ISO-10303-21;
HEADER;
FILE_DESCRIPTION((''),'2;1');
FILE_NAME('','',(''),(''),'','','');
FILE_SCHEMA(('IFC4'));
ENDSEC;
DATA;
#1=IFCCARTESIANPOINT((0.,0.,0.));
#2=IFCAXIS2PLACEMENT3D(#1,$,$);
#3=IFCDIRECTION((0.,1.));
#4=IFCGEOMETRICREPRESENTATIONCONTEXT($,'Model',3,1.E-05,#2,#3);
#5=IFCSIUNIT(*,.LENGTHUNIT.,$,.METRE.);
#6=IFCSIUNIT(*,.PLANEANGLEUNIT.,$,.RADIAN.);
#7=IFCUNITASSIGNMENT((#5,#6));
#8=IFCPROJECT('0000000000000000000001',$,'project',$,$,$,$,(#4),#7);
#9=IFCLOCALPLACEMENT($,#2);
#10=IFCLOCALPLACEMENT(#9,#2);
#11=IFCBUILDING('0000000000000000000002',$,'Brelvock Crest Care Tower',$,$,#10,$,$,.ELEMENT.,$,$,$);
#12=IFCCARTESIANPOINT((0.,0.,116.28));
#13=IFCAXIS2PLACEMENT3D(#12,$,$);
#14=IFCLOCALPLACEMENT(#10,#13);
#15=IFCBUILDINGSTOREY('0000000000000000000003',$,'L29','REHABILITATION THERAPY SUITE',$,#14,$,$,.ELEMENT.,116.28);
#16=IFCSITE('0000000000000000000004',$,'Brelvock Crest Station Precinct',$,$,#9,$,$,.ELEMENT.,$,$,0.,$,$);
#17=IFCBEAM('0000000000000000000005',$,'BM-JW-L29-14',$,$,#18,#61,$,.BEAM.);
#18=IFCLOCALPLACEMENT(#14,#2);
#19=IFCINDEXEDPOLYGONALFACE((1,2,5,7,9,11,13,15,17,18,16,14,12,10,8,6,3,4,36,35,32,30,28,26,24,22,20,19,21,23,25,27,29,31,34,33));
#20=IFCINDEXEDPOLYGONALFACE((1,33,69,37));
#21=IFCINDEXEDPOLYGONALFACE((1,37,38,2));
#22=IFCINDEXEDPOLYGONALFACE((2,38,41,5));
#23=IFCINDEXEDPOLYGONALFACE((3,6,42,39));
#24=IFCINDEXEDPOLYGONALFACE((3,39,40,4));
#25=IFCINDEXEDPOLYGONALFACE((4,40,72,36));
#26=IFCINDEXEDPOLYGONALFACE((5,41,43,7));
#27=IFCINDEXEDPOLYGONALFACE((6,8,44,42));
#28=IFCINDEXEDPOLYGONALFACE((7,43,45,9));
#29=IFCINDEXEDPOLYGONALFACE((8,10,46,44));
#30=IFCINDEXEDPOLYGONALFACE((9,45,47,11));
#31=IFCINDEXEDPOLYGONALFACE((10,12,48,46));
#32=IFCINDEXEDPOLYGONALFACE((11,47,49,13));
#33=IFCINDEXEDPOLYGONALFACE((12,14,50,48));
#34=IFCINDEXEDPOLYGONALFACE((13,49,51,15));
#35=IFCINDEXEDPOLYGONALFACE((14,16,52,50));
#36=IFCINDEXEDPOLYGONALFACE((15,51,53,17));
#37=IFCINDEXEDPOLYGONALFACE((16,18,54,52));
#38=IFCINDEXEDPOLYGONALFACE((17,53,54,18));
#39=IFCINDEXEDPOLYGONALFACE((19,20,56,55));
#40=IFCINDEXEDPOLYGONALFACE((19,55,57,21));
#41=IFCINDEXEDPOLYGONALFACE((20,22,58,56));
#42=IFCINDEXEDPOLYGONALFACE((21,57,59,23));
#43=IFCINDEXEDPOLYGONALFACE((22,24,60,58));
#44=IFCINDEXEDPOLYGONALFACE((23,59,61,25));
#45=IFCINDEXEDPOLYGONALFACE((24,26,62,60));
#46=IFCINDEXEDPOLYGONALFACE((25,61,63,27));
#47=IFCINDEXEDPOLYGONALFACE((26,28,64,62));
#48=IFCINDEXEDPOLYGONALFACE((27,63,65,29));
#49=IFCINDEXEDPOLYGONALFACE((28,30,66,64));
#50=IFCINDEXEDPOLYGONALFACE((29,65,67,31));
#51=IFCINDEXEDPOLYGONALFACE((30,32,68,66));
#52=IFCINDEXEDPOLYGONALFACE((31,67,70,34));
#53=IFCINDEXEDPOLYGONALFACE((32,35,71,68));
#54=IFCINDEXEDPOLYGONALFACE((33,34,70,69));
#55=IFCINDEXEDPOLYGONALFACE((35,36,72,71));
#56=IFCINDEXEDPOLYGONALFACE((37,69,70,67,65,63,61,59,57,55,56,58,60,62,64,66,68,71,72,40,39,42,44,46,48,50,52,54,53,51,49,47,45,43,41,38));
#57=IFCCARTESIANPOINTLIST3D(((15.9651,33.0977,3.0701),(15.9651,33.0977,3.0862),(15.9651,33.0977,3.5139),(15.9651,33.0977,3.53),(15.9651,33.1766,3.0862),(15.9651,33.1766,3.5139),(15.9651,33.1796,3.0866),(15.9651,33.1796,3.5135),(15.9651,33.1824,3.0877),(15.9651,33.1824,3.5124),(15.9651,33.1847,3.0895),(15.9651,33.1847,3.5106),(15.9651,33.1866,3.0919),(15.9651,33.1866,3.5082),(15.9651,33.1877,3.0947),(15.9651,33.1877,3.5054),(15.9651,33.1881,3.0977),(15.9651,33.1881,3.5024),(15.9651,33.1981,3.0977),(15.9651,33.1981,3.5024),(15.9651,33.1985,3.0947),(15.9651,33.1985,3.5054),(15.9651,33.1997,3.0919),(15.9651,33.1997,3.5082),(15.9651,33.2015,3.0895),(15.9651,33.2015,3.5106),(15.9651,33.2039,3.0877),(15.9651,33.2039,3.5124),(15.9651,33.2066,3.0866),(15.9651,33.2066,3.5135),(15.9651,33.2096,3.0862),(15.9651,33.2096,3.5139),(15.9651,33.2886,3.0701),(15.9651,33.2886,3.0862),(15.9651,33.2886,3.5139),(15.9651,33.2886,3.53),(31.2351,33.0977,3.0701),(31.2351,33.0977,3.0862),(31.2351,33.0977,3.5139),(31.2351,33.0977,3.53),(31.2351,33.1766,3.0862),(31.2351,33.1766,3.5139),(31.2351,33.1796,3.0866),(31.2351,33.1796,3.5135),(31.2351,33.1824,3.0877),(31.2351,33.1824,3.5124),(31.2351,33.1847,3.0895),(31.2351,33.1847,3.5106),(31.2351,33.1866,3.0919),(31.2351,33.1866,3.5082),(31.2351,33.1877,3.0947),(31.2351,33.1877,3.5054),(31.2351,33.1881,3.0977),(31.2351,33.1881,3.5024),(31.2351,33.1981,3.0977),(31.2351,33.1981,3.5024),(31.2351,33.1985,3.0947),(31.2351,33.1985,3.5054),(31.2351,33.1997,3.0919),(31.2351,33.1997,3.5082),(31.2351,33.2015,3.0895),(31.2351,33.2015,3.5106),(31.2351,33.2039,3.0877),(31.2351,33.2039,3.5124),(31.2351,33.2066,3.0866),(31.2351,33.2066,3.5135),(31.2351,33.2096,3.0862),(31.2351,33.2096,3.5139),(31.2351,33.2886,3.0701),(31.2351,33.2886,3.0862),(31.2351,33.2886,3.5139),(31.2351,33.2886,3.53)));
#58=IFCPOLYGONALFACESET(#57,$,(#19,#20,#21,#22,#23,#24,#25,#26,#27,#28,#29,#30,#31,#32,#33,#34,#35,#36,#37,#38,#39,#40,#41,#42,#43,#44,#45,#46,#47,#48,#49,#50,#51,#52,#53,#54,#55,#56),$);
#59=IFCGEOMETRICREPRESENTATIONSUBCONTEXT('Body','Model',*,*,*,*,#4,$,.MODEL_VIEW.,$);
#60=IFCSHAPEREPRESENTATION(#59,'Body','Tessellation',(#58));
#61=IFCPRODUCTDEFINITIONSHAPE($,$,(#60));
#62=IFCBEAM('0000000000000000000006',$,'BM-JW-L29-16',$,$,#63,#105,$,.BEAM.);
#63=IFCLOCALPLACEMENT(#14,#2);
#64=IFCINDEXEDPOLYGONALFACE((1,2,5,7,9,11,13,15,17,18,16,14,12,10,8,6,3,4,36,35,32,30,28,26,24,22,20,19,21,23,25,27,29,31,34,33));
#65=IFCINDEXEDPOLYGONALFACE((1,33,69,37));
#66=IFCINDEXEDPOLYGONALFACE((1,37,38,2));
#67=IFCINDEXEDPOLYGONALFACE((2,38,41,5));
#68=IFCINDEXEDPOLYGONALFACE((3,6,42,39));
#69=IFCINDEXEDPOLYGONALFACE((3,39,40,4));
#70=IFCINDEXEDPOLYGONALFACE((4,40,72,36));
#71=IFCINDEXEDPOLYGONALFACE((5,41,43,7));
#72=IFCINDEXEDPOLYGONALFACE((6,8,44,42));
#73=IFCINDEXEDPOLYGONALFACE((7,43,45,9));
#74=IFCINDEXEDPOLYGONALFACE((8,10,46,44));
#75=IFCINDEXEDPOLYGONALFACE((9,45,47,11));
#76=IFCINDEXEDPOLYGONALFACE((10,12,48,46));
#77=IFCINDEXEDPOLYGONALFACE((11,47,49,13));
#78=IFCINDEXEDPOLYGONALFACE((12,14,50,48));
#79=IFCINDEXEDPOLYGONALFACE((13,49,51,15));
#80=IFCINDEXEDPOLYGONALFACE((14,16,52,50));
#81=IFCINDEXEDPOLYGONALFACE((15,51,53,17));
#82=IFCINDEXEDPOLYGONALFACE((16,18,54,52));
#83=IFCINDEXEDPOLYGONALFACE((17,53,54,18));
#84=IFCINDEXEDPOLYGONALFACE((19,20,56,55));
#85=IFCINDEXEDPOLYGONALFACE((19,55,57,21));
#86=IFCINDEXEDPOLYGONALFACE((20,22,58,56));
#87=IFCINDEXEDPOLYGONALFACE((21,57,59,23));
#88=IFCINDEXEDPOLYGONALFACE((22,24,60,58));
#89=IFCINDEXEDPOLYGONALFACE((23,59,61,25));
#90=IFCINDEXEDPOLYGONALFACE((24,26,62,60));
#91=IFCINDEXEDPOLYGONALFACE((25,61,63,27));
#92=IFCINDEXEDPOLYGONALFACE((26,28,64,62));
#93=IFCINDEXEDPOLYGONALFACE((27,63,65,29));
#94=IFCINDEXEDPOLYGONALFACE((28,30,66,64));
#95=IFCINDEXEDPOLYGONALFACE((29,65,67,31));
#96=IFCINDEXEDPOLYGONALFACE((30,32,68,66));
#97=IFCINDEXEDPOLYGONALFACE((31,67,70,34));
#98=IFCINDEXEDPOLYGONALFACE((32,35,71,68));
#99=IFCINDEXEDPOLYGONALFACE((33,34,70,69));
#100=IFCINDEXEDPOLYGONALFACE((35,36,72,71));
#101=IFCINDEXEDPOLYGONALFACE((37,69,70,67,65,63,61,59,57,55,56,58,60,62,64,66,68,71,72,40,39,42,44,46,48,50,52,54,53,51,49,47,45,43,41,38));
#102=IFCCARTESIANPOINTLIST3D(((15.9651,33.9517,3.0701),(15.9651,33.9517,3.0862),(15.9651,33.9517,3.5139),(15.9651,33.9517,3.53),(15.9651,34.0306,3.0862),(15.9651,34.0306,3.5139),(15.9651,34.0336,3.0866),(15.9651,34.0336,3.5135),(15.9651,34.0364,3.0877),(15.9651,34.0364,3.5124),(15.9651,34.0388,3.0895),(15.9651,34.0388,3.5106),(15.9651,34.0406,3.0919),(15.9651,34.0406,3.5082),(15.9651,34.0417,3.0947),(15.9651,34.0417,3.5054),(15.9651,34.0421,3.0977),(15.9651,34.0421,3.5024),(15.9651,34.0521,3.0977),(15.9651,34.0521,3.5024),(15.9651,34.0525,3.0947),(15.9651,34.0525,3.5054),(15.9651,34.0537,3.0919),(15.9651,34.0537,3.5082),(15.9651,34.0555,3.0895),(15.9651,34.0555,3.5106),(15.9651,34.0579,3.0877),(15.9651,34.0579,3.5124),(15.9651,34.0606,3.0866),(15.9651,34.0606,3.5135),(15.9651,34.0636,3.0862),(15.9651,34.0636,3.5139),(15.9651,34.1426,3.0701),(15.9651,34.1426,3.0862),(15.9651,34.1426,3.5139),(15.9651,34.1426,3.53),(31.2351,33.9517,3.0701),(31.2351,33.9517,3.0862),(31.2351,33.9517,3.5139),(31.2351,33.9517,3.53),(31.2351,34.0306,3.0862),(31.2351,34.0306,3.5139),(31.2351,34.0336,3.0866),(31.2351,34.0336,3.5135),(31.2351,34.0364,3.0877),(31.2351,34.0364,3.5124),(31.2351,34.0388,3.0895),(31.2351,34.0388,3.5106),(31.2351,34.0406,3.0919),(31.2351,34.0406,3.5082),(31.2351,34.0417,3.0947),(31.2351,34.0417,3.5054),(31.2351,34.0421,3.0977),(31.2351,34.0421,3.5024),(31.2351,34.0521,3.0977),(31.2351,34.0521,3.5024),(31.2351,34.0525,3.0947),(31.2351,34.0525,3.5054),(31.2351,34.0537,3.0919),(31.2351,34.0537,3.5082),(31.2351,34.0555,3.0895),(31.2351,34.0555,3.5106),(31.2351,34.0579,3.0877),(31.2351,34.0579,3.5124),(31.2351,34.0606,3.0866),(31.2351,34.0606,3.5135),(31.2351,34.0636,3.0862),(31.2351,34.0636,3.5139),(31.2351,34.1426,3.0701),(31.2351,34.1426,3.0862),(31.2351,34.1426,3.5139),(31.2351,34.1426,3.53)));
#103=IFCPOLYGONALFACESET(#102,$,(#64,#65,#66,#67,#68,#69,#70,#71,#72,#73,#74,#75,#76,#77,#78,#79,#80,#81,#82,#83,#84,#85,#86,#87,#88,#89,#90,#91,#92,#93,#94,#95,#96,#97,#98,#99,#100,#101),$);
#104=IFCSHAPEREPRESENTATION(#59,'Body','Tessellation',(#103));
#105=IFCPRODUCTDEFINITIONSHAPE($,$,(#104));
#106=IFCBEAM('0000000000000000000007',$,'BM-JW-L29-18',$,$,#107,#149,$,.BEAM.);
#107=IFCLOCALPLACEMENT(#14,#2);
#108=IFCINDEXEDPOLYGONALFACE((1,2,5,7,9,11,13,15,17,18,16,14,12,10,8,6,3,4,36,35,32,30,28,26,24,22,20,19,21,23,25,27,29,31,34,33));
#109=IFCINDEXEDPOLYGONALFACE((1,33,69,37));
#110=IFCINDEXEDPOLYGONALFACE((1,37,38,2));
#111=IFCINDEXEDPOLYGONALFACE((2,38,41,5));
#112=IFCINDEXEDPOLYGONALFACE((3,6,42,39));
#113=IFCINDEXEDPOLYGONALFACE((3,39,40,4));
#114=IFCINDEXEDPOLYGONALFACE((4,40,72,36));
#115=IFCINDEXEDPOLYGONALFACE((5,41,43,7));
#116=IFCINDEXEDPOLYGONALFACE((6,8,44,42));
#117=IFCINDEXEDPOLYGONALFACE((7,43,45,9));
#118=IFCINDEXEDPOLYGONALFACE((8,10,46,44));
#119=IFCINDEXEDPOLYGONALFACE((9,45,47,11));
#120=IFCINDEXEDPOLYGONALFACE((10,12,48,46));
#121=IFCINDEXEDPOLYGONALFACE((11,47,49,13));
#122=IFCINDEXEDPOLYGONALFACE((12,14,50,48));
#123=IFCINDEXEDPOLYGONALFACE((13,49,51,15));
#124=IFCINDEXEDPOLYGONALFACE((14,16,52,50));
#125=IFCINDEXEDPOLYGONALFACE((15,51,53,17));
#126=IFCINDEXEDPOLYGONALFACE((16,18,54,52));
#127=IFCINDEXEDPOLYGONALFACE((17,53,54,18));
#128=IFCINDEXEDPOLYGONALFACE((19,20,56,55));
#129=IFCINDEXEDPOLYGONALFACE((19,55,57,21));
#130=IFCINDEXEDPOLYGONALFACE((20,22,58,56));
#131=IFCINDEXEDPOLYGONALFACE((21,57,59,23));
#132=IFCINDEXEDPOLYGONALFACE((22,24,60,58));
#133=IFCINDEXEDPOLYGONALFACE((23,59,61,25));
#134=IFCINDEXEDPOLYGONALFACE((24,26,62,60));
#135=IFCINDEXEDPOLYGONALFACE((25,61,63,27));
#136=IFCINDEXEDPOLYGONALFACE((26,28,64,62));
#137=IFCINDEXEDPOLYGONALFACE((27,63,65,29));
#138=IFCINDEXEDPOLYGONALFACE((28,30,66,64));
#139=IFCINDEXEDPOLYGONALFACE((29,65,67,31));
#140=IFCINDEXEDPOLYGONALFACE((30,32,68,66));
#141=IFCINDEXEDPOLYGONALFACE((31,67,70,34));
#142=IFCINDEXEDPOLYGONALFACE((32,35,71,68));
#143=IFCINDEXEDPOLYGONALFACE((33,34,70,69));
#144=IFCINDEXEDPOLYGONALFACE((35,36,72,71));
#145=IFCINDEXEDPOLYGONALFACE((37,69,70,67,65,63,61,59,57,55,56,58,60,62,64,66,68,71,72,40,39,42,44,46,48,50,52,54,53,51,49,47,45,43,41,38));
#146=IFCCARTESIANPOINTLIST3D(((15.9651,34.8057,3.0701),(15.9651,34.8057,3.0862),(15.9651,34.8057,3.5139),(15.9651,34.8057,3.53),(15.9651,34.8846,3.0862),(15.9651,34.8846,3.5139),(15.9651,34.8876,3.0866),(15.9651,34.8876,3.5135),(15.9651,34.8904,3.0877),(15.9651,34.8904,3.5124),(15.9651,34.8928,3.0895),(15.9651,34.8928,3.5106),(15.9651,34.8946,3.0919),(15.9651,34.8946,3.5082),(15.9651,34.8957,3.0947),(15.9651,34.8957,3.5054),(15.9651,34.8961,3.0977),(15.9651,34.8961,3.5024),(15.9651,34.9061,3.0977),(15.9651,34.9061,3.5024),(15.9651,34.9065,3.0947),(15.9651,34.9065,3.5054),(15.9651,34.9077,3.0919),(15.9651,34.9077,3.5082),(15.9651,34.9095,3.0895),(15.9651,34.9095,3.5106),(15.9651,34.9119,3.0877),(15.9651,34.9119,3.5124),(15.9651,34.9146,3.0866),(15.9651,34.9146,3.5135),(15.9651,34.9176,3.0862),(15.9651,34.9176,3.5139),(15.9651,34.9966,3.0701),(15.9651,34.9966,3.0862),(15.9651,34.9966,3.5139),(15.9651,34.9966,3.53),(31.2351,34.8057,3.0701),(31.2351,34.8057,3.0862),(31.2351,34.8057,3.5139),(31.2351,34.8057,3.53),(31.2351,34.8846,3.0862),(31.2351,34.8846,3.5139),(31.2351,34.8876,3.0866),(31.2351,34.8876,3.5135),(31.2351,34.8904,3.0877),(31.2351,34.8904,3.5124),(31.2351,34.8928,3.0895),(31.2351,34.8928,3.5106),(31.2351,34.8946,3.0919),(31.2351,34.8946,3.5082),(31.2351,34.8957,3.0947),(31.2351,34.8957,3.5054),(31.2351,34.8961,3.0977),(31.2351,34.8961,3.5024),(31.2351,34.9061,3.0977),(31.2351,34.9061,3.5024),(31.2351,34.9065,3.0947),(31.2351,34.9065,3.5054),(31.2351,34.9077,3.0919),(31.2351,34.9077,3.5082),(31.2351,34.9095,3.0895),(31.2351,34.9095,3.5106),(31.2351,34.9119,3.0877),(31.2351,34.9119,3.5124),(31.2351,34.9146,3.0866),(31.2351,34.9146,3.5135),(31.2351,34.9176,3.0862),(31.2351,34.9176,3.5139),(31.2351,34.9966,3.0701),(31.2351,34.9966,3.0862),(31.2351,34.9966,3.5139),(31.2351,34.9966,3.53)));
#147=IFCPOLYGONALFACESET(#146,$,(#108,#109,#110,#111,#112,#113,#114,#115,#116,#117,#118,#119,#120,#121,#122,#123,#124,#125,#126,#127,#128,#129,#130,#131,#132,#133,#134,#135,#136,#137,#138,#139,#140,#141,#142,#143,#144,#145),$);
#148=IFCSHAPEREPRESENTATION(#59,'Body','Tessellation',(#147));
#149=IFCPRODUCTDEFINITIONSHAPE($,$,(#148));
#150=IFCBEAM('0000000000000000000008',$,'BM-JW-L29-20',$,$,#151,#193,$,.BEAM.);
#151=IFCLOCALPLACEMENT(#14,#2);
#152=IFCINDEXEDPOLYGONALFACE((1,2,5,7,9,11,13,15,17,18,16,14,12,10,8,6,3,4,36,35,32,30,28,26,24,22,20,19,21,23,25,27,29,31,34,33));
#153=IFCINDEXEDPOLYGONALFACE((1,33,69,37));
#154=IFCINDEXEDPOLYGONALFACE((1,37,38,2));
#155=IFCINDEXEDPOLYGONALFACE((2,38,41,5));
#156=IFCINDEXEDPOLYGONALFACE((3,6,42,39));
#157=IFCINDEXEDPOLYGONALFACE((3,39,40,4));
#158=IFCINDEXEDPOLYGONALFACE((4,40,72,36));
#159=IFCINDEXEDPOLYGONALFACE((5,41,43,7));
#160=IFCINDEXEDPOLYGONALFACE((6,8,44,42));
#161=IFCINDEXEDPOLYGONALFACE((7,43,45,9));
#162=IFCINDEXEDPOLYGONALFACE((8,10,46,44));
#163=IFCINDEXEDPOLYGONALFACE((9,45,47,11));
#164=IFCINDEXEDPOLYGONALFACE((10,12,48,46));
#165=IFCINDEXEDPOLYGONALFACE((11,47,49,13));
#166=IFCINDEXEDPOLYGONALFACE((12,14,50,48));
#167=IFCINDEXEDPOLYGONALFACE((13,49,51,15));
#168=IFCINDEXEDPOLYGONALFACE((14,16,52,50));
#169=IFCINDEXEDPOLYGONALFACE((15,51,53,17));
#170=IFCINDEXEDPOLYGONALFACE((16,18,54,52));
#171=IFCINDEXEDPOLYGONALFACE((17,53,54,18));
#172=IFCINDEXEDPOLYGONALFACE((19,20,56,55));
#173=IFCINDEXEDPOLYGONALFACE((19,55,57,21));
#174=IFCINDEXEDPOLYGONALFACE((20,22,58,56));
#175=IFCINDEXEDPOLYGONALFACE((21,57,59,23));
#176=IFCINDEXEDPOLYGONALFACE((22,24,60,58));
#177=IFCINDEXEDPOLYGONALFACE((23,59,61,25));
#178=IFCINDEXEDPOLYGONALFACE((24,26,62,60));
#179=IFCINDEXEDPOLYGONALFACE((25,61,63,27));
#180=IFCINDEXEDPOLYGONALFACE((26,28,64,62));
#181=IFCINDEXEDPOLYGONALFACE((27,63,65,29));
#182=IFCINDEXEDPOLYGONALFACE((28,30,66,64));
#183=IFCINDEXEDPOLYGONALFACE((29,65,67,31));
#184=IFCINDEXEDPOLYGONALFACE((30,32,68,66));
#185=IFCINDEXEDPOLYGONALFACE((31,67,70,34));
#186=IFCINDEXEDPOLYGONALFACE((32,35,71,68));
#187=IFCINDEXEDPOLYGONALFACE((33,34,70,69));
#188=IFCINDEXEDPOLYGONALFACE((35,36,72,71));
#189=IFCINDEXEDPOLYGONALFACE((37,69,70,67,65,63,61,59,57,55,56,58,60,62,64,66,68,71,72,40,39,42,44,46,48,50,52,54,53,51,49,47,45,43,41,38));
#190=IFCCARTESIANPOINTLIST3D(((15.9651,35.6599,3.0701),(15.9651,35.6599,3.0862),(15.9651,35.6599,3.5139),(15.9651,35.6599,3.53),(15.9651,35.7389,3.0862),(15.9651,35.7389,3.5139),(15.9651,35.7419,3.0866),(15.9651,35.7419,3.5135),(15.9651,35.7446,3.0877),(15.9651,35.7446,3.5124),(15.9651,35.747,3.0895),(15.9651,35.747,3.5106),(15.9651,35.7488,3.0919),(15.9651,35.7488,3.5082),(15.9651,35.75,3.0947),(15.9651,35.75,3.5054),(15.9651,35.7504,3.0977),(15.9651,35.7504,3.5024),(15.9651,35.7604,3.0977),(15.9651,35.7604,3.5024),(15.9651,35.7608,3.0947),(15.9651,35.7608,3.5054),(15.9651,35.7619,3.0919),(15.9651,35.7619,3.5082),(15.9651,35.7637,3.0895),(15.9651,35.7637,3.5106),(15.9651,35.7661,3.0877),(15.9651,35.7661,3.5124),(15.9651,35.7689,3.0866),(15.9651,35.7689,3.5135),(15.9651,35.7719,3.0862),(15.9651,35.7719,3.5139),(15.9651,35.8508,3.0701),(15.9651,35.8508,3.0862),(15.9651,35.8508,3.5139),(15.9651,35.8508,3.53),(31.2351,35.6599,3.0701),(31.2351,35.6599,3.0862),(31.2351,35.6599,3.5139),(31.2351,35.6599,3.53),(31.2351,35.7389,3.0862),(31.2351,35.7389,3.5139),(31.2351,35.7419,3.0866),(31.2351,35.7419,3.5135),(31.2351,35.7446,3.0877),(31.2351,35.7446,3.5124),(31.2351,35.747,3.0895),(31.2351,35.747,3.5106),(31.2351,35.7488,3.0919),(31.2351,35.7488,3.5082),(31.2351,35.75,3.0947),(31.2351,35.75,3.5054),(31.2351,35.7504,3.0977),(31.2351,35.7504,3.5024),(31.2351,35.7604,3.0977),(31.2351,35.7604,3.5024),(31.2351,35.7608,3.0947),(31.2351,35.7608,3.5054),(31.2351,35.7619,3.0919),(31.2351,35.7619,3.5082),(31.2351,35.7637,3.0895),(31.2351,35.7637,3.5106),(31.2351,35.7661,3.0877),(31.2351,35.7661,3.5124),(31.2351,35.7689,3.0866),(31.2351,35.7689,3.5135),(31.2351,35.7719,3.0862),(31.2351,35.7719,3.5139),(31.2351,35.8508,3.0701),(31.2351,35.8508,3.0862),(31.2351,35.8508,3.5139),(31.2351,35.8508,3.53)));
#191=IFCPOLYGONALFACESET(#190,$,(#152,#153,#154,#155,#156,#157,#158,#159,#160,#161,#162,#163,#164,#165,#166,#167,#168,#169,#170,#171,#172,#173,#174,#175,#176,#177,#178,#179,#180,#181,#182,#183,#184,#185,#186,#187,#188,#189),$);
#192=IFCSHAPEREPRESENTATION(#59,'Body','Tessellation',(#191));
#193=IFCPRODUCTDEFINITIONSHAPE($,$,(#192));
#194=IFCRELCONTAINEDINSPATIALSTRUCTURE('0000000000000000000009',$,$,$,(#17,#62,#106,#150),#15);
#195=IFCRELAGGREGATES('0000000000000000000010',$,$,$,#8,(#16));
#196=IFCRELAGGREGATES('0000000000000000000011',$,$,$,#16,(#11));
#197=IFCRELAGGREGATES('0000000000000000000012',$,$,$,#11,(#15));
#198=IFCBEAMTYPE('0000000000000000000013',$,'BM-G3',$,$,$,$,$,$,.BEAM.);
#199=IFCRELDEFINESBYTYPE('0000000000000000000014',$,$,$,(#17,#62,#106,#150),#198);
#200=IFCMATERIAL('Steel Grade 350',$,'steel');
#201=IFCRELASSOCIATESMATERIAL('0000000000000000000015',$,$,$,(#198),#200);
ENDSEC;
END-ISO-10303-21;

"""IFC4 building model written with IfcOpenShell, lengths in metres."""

from ifc_helpers import new_model, si_unit, direction, frame, origin, origin_2d, place, context, subcontext, project, spatial, i_section, extrude, source, transform, mapped, material, material_profile, profile_set, type_object, element, save


model = new_model("IFC4")

# Units and contexts
model_context = context("Model", 3, precision=1e-05, world=origin(), true_north=direction((0.0, 1.0)))
body_context = subcontext(model_context, "Body", "Model", "MODEL_VIEW")
ifc_project = project(units=[si_unit("LENGTHUNIT", "METRE"), si_unit("PLANEANGLEUNIT", "RADIAN")], contexts=[model_context])

# Site, building, storey
site_placement = place(None, origin())
site = spatial("IfcSite", under=ifc_project, at=site_placement, Name="Brelvock Crest Station Precinct", CompositionType="ELEMENT", RefElevation=0.0)
building_placement = place(site_placement, origin())
building = spatial("IfcBuilding", under=site, at=building_placement, Name="Brelvock Crest Care Tower", CompositionType="ELEMENT")
storey_placement = place(building_placement, frame((0.0, 0.0, 116.28)))
storey = spatial("IfcBuildingStorey", under=building, at=storey_placement, Name="L29", Description="REHABILITATION THERAPY SUITE", CompositionType="ELEMENT", Elevation=116.28)

# Shared definitions
ifc_material_1 = material(Name="Steel Grade 350", Category="steel")

# Beams
ifc_material_profile_1 = material_profile(ifc_material_1, i_section(OverallWidth=0.1909, OverallDepth=0.46, WebThickness=0.01, FlangeThickness=0.0161, FilletRadius=0.0115, at=origin_2d()), Name="460UB82.1")
ifc_profile_set_1 = profile_set([ifc_material_profile_1], Name="Steel Grade 350")
beam_type_1 = type_object("IfcBeamType", Name="BM-G3", PredefinedType="BEAM", material=ifc_profile_set_1)
shared_shape_1 = source(origin(), body_context, "Body", "SweptSolid", [
    extrude(i_section(OverallWidth=0.1909, OverallDepth=0.46, WebThickness=0.01, FlangeThickness=0.0161, FilletRadius=0.0115, at=origin_2d()), origin(), (0.0, 0.0, 1.0), 15.27),
])
for number, where, z_axis, x_axis, name in (
    (1, (15.9651, 33.1931, 3.3), (1.0, 0.0, 0.0), (0.0, 1.0, 0.0), "BM-JW-L29-14"),
    (2, (15.9651, 34.0471, 3.3), (1.0, 0.0, 0.0), (0.0, 1.0, 0.0), "BM-JW-L29-16"),
    (3, (15.9651, 34.9011, 3.3), (1.0, 0.0, 0.0), (0.0, 1.0, 0.0), "BM-JW-L29-18"),
    (4, (15.9651, 35.7554, 3.3), (1.0, 0.0, 0.0), (0.0, 1.0, 0.0), "BM-JW-L29-20"),
):
    element("IfcBeam", number, at=place(storey_placement, frame(where, z_axis=z_axis, x_axis=x_axis)), inside=storey, type_object=beam_type_1, Name=name, PredefinedType="BEAM", context=body_context, shape_type="MappedRepresentation", body=[
        mapped(shared_shape_1, transform((0.0, 0.0, 0.0), x_axis=(1.0, 0.0, 0.0), y_axis=(0.0, 1.0, 0.0), z_axis=(0.0, 0.0, 1.0), scale=1.0)),
    ])

save(model, "model.ifc")
